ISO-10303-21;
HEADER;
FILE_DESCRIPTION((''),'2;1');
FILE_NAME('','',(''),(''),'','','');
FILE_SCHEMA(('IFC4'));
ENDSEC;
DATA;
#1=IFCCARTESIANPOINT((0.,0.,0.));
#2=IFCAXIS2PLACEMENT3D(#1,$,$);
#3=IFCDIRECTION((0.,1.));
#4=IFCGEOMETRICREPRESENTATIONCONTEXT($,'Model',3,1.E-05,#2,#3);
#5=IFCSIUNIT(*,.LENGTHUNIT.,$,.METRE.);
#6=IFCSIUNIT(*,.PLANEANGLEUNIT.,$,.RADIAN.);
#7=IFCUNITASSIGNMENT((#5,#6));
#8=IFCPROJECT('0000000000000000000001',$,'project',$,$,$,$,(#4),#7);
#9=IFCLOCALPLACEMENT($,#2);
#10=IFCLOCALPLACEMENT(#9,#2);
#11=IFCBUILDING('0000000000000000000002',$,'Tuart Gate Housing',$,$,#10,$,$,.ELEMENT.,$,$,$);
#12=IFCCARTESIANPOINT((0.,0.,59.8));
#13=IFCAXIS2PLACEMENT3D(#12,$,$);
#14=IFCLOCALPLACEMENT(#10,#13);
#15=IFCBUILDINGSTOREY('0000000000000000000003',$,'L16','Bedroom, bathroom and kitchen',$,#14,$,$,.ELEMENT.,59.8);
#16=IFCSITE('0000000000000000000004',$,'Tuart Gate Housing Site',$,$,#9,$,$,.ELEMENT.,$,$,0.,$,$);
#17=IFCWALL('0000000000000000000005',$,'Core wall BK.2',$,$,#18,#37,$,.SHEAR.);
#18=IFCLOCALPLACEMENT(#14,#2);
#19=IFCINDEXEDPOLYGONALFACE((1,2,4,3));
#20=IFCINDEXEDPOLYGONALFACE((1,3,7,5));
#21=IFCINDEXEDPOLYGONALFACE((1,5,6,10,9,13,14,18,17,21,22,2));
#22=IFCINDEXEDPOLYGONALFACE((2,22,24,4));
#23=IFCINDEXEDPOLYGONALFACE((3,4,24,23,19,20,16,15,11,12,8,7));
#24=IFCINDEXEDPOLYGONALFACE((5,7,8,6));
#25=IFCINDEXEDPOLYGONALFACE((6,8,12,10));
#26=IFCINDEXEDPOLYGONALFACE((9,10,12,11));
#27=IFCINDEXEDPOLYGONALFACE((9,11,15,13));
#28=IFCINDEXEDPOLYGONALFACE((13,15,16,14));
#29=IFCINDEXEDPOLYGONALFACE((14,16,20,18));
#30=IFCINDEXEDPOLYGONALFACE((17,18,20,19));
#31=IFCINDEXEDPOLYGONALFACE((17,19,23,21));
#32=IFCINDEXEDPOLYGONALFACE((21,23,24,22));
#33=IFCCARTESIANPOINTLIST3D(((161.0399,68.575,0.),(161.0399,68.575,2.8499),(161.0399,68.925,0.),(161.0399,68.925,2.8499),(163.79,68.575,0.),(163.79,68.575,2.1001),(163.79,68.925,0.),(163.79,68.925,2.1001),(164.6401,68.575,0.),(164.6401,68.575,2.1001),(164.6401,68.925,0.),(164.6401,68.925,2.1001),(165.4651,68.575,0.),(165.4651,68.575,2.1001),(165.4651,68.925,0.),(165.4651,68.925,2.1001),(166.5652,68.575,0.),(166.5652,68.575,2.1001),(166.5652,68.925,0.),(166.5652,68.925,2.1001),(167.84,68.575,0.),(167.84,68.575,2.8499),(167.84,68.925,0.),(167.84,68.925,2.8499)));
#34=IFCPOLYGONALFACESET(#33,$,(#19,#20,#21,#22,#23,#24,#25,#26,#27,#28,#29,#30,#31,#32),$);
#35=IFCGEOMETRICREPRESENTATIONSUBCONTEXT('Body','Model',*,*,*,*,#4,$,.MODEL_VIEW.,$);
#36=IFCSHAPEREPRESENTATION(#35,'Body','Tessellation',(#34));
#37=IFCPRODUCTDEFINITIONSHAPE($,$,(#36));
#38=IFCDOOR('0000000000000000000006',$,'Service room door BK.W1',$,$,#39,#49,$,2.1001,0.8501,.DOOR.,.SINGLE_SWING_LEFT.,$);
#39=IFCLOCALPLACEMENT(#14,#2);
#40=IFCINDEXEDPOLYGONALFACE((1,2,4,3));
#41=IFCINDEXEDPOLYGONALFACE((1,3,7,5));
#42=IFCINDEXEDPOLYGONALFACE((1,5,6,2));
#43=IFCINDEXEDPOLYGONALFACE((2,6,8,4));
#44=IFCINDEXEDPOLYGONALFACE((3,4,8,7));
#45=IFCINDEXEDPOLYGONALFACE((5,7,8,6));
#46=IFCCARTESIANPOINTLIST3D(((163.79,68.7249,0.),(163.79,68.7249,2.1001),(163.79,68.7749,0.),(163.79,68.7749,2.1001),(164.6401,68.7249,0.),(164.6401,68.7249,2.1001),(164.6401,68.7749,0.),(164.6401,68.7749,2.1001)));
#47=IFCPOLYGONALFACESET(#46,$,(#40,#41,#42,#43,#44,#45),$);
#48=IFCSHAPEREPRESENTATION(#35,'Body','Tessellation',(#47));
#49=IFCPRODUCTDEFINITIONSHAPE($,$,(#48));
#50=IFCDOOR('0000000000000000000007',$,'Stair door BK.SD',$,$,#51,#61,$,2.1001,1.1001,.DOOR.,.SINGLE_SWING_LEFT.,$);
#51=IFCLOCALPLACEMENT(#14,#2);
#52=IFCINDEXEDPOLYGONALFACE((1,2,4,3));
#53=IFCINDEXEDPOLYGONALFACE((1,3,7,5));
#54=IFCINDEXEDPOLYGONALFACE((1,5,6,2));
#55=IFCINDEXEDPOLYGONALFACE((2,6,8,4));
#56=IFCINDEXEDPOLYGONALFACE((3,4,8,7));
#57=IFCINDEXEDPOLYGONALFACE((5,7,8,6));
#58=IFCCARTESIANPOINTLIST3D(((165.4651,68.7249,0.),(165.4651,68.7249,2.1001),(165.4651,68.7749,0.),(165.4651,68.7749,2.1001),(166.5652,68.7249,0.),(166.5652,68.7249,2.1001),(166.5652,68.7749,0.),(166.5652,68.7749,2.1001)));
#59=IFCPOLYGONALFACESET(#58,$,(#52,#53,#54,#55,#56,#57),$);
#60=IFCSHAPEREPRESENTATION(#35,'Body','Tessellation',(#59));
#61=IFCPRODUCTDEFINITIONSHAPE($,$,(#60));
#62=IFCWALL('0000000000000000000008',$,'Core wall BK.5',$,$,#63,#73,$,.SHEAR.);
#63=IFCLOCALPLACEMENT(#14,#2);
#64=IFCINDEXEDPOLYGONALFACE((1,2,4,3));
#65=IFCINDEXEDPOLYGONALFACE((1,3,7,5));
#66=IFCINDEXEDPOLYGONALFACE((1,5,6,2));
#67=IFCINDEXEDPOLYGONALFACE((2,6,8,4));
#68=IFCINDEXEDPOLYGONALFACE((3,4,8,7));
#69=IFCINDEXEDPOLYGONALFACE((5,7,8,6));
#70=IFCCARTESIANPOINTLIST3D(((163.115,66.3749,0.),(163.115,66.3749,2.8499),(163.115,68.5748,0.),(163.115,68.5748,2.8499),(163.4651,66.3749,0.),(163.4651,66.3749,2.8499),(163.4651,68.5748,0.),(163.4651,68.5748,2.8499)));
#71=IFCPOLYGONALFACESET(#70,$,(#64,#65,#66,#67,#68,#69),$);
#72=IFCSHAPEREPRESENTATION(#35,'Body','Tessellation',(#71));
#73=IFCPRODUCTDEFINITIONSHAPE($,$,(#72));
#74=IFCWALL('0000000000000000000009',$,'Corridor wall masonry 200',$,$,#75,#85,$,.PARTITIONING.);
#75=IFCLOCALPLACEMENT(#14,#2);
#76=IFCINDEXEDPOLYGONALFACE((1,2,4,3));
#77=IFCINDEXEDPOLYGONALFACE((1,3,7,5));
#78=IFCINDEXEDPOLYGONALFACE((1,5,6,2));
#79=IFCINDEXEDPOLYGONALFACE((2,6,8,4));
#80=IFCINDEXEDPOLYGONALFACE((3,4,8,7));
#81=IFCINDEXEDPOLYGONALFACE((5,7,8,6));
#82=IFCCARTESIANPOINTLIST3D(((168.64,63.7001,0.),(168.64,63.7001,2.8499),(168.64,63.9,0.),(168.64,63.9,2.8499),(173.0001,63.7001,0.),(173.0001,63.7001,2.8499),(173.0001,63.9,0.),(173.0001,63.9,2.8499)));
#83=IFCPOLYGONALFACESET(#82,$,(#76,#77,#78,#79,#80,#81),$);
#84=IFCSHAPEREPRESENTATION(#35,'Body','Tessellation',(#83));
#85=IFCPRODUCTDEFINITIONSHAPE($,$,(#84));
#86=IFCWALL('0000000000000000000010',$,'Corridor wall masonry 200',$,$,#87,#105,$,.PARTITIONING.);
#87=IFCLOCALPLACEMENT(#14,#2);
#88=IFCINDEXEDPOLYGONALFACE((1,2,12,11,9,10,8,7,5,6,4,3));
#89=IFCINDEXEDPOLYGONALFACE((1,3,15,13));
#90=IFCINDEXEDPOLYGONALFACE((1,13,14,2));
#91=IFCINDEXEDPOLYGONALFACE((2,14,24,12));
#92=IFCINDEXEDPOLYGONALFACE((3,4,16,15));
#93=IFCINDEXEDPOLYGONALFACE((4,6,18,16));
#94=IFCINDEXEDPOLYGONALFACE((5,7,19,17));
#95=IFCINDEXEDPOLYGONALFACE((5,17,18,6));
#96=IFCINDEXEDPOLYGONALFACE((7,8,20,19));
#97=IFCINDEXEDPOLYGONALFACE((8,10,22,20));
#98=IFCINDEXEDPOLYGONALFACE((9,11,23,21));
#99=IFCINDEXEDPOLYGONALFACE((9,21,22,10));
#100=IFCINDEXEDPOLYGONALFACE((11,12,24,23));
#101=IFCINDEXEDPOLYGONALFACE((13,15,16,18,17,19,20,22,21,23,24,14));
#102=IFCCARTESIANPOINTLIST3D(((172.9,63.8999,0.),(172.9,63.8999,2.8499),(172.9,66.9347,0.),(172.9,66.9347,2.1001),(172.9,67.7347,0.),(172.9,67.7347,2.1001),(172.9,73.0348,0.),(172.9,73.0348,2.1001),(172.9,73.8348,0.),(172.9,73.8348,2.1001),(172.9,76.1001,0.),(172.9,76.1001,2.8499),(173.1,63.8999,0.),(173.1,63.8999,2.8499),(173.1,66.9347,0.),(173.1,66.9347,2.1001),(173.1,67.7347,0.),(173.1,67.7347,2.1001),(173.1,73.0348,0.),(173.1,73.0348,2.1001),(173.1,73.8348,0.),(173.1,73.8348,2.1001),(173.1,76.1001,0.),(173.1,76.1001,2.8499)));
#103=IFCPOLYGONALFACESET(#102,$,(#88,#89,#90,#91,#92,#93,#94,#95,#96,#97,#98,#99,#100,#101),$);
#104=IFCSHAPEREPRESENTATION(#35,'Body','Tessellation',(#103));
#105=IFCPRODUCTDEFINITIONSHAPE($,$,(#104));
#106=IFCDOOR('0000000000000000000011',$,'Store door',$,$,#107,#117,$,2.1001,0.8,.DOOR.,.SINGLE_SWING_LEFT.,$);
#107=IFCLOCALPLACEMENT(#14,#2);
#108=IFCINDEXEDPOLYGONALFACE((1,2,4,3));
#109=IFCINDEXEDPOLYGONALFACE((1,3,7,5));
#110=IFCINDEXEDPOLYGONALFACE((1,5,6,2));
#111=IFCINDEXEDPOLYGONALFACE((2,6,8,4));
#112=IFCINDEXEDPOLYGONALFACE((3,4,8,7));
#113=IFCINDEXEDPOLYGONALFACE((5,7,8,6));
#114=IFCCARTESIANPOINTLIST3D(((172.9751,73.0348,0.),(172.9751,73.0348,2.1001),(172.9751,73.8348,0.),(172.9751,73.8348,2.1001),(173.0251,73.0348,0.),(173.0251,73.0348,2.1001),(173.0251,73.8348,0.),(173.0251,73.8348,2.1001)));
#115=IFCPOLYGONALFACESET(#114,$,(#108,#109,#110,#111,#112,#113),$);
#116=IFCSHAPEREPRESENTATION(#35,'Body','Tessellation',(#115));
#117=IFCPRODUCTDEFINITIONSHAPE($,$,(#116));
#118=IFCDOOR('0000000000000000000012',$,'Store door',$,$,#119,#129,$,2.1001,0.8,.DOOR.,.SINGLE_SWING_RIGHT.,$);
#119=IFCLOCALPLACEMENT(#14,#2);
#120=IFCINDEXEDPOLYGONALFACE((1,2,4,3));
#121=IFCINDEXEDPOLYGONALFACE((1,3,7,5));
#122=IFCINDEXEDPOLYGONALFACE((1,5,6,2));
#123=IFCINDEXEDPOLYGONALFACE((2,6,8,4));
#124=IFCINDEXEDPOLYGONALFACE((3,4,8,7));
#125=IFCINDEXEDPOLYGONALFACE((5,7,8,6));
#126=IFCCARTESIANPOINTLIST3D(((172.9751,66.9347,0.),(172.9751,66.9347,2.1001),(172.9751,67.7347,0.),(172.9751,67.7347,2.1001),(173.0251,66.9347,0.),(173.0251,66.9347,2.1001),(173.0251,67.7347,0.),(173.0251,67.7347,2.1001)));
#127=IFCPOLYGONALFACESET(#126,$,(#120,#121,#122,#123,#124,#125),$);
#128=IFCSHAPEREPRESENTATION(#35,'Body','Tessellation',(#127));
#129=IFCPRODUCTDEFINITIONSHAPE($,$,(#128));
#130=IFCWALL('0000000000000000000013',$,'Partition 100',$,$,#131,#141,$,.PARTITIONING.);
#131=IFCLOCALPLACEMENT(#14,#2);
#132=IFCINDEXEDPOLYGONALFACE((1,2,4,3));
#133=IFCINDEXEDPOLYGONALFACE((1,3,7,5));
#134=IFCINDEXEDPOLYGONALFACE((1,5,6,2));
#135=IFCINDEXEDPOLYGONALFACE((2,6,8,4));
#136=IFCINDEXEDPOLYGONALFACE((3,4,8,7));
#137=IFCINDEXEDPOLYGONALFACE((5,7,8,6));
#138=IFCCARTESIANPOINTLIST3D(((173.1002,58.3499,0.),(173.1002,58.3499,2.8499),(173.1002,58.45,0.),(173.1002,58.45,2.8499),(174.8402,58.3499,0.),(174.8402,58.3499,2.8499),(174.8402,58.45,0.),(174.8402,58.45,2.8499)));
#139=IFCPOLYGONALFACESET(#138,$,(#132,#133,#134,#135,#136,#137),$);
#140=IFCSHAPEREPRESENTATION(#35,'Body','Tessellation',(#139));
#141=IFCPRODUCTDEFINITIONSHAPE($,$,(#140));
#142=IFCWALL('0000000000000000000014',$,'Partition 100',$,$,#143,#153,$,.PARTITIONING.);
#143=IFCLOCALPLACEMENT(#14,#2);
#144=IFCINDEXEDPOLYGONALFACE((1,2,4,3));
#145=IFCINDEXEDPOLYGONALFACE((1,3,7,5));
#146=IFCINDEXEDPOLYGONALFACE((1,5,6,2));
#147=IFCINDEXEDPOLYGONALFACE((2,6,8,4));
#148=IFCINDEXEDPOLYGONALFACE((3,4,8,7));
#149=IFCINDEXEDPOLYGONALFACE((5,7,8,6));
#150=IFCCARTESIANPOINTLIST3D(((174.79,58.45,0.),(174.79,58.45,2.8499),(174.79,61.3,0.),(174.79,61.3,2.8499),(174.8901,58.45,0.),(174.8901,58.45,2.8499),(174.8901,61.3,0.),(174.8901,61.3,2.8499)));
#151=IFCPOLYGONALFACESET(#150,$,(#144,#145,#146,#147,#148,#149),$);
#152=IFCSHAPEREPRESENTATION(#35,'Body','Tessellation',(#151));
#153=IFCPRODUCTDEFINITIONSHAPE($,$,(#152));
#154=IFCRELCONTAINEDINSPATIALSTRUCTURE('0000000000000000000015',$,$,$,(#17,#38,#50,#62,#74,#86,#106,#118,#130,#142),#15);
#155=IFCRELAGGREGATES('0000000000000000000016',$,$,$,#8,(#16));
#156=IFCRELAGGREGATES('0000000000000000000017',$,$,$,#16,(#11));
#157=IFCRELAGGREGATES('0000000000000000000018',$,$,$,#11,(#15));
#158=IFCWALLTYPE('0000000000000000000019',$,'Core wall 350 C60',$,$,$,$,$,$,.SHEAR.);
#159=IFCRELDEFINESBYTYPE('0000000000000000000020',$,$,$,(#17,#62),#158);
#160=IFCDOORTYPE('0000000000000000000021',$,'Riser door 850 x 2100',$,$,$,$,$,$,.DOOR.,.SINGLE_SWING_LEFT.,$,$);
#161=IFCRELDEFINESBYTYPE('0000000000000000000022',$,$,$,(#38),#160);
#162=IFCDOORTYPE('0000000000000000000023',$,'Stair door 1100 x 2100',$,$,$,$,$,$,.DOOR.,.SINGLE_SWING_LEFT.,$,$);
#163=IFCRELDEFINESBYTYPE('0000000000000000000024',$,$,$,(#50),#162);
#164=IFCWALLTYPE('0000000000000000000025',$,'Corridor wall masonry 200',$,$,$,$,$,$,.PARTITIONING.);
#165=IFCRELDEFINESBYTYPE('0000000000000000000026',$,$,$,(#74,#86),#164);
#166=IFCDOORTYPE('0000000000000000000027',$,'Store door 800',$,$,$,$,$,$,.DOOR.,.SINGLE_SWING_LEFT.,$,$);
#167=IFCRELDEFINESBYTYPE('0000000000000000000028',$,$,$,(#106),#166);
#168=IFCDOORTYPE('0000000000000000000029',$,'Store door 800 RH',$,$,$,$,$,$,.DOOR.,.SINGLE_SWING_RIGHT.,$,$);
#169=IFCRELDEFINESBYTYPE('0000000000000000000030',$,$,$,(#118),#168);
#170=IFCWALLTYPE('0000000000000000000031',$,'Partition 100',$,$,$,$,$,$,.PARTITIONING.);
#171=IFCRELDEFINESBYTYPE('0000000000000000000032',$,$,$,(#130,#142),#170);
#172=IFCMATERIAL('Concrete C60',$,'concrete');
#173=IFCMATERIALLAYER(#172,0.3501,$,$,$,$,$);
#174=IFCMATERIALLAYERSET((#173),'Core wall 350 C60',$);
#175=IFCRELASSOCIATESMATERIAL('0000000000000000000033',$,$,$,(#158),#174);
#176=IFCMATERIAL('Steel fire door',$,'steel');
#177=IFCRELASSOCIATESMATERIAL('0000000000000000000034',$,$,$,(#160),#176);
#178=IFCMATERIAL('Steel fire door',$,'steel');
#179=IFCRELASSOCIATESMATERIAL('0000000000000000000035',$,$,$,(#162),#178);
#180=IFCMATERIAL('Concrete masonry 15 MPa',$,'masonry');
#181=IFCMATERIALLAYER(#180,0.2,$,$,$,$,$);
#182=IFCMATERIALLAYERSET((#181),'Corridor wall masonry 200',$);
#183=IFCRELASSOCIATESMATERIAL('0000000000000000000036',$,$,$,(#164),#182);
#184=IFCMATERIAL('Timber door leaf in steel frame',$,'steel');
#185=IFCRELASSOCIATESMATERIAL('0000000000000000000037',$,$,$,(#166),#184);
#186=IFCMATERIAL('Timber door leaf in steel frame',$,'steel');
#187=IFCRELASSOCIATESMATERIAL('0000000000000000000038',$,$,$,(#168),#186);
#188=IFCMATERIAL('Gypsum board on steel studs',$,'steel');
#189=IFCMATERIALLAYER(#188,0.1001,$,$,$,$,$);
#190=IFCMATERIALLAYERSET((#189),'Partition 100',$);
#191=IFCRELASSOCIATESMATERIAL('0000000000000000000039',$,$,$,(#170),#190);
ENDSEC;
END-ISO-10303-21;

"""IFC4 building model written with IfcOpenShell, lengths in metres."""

from ifc_helpers import new_model, si_unit, direction, frame, frame_2d, origin, place, context, subcontext, project, spatial, rectangle, extrude, material, layer, layer_set, type_object, element, fill, save


model = new_model("IFC4")

# Units and contexts
model_context = context("Model", 3, precision=1e-05, world=origin(), true_north=direction((0.0, 1.0)))
body_context = subcontext(model_context, "Body", "Model", "MODEL_VIEW")
ifc_project = project(units=[si_unit("LENGTHUNIT", "METRE"), si_unit("PLANEANGLEUNIT", "RADIAN")], contexts=[model_context])

# Site, building, storey
site_placement = place(None, origin())
site = spatial("IfcSite", under=ifc_project, at=site_placement, Name="Tuart Gate Housing Site", CompositionType="ELEMENT", RefElevation=0.0)
building_placement = place(site_placement, origin())
building = spatial("IfcBuilding", under=site, at=building_placement, Name="Tuart Gate Housing", CompositionType="ELEMENT")
storey_placement = place(building_placement, frame((0.0, 0.0, 59.8)))
storey = spatial("IfcBuildingStorey", under=building, at=storey_placement, Name="L16", Description="Bedroom, bathroom and kitchen", CompositionType="ELEMENT", Elevation=59.8)

# Wall, openings, doors
ifc_material_1 = material(Name="Concrete C60", Category="concrete")
ifc_layer_1 = layer(ifc_material_1, 0.3501)
ifc_layer_set_1 = layer_set([ifc_layer_1], Name="Core wall 350 C60")
wall_type_1 = type_object("IfcWallType", Name="Core wall 350 C60", PredefinedType="SHEAR", material=ifc_layer_set_1)
wall_1_placement = place(storey_placement, frame((161.04, 68.75, 0.0), z_axis=(0.0, 0.0, 1.0), x_axis=(1.0, 0.0, 0.0)))
wall_1 = element("IfcWall", 1, at=wall_1_placement, inside=storey, type_object=wall_type_1, Name="Core wall BK.2", PredefinedType="SHEAR", context=body_context, shape_type="SweptSolid", body=[
    extrude(rectangle(XDim=6.8, YDim=0.3501, at=frame_2d((3.3999, 0.0))), origin(), (0.0, 0.0, 1.0), 2.8499),
])
opening_1_placement = place(wall_1_placement, frame((4.425, 0.0, 0.0)))
opening_1 = element("IfcOpeningElement", 2, at=opening_1_placement, cuts=wall_1, PredefinedType="OPENING", context=body_context, shape_type="SweptSolid", body=[
    extrude(rectangle(XDim=1.1001, YDim=2.1001, at=frame_2d((0.55, 1.05))), frame((0.0, 0.1851, 0.0), z_axis=(0.0, -1.0, 0.0), x_axis=(1.0, 0.0, 0.0)), (0.0, 0.0, 1.0), 0.3701),
])
opening_2_placement = place(wall_1_placement, frame((2.75, 0.0, 0.0)))
opening_2 = element("IfcOpeningElement", 3, at=opening_2_placement, cuts=wall_1, PredefinedType="OPENING", context=body_context, shape_type="SweptSolid", body=[
    extrude(rectangle(XDim=0.8501, YDim=2.1001, at=frame_2d((0.425, 1.05))), frame((0.0, 0.1851, 0.0), z_axis=(0.0, -1.0, 0.0), x_axis=(1.0, 0.0, 0.0)), (0.0, 0.0, 1.0), 0.3701),
])
ifc_material_2 = material(Name="Steel fire door", Category="steel")
door_type_1 = type_object("IfcDoorType", Name="Riser door 850 x 2100", OperationType="SINGLE_SWING_LEFT", PredefinedType="DOOR", material=ifc_material_2)
door_1_placement = place(opening_2_placement, origin())
door_1 = element("IfcDoor", 4, at=door_1_placement, inside=storey, type_object=door_type_1, Name="Service room door BK.W1", OperationType="SINGLE_SWING_LEFT", OverallHeight=2.1001, OverallWidth=0.8501, PredefinedType="DOOR", context=body_context, shape_type="SweptSolid", body=[
    extrude(rectangle(XDim=0.8501, YDim=2.1001, at=frame_2d((0.425, 1.05))), frame((0.0, 0.0249, 0.0), z_axis=(0.0, -1.0, 0.0), x_axis=(1.0, 0.0, 0.0)), (0.0, 0.0, 1.0), 0.05),
])
fill(opening_2, door_1)
ifc_material_3 = material(Name="Steel fire door", Category="steel")
door_type_2 = type_object("IfcDoorType", Name="Stair door 1100 x 2100", OperationType="SINGLE_SWING_LEFT", PredefinedType="DOOR", material=ifc_material_3)
door_2_placement = place(opening_1_placement, origin())
door_2 = element("IfcDoor", 5, at=door_2_placement, inside=storey, type_object=door_type_2, Name="Stair door BK.SD", OperationType="SINGLE_SWING_LEFT", OverallHeight=2.1001, OverallWidth=1.1001, PredefinedType="DOOR", context=body_context, shape_type="SweptSolid", body=[
    extrude(rectangle(XDim=1.1001, YDim=2.1001, at=frame_2d((0.55, 1.05))), frame((0.0, 0.0249, 0.0), z_axis=(0.0, -1.0, 0.0), x_axis=(1.0, 0.0, 0.0)), (0.0, 0.0, 1.0), 0.05),
])
fill(opening_1, door_2)

# Walls
wall_2_placement = place(storey_placement, frame((163.29, 68.575, 0.0), z_axis=(0.0, 0.0, 1.0), x_axis=(0.0, -1.0, 0.0)))
element("IfcWall", 6, at=wall_2_placement, inside=storey, type_object=wall_type_1, Name="Core wall BK.5", PredefinedType="SHEAR", context=body_context, shape_type="SweptSolid", body=[
    extrude(rectangle(XDim=2.2, YDim=0.3501, at=frame_2d((1.1001, 0.0))), origin(), (0.0, 0.0, 1.0), 2.8499),
])
ifc_material_4 = material(Name="Concrete masonry 15 MPa", Category="masonry")
ifc_layer_2 = layer(ifc_material_4, 0.2)
ifc_layer_set_2 = layer_set([ifc_layer_2], Name="Corridor wall masonry 200")
wall_type_2 = type_object("IfcWallType", Name="Corridor wall masonry 200", PredefinedType="PARTITIONING", material=ifc_layer_set_2)
wall_3_placement = place(storey_placement, frame((168.6399, 63.8, 0.0), z_axis=(0.0, 0.0, 1.0), x_axis=(1.0, 0.0, 0.0)))
element("IfcWall", 7, at=wall_3_placement, inside=storey, type_object=wall_type_2, Name="Corridor wall masonry 200", PredefinedType="PARTITIONING", context=body_context, shape_type="SweptSolid", body=[
    extrude(rectangle(XDim=4.3601, YDim=0.2, at=frame_2d((2.1802, 0.0))), origin(), (0.0, 0.0, 1.0), 2.8499),
])

# Wall, openings, doors
wall_4_placement = place(storey_placement, frame((173.0, 63.8999, 0.0), z_axis=(0.0, 0.0, 1.0), x_axis=(0.0, 1.0, 0.0)))
wall_4 = element("IfcWall", 8, at=wall_4_placement, inside=storey, type_object=wall_type_2, Name="Corridor wall masonry 200", PredefinedType="PARTITIONING", context=body_context, shape_type="SweptSolid", body=[
    extrude(rectangle(XDim=12.2002, YDim=0.2, at=frame_2d((6.1001, 0.0))), origin(), (0.0, 0.0, 1.0), 2.8499),
])
opening_3_placement = place(wall_4_placement, frame((3.0349, 0.0, 0.0)))
opening_3 = element("IfcOpeningElement", 9, at=opening_3_placement, cuts=wall_4, PredefinedType="OPENING", context=body_context, shape_type="SweptSolid", body=[
    extrude(rectangle(XDim=0.8, YDim=2.1001, at=frame_2d((0.3999, 1.05))), frame((0.0, 0.1099, 0.0), z_axis=(0.0, -1.0, 0.0), x_axis=(1.0, 0.0, 0.0)), (0.0, 0.0, 1.0), 0.22),
])
opening_4_placement = place(wall_4_placement, frame((9.135, 0.0, 0.0)))
opening_4 = element("IfcOpeningElement", 10, at=opening_4_placement, cuts=wall_4, PredefinedType="OPENING", context=body_context, shape_type="SweptSolid", body=[
    extrude(rectangle(XDim=0.8, YDim=2.1001, at=frame_2d((0.3999, 1.05))), frame((0.0, 0.1099, 0.0), z_axis=(0.0, -1.0, 0.0), x_axis=(1.0, 0.0, 0.0)), (0.0, 0.0, 1.0), 0.22),
])
ifc_material_5 = material(Name="Timber door leaf in steel frame", Category="steel")
door_type_3 = type_object("IfcDoorType", Name="Store door 800", OperationType="SINGLE_SWING_LEFT", PredefinedType="DOOR", material=ifc_material_5)
door_3_placement = place(opening_4_placement, origin())
door_3 = element("IfcDoor", 11, at=door_3_placement, inside=storey, type_object=door_type_3, Name="Store door", OperationType="SINGLE_SWING_LEFT", OverallHeight=2.1001, OverallWidth=0.8, PredefinedType="DOOR", context=body_context, shape_type="SweptSolid", body=[
    extrude(rectangle(XDim=0.8, YDim=2.1001, at=frame_2d((0.3999, 1.05))), frame((0.0, 0.0249, 0.0), z_axis=(0.0, -1.0, 0.0), x_axis=(1.0, 0.0, 0.0)), (0.0, 0.0, 1.0), 0.05),
])
fill(opening_4, door_3)
ifc_material_6 = material(Name="Timber door leaf in steel frame", Category="steel")
door_type_4 = type_object("IfcDoorType", Name="Store door 800 RH", OperationType="SINGLE_SWING_RIGHT", PredefinedType="DOOR", material=ifc_material_6)
door_4_placement = place(opening_3_placement, origin())
door_4 = element("IfcDoor", 12, at=door_4_placement, inside=storey, type_object=door_type_4, Name="Store door", OperationType="SINGLE_SWING_RIGHT", OverallHeight=2.1001, OverallWidth=0.8, PredefinedType="DOOR", context=body_context, shape_type="SweptSolid", body=[
    extrude(rectangle(XDim=0.8, YDim=2.1001, at=frame_2d((0.3999, 1.05))), frame((0.0, 0.0249, 0.0), z_axis=(0.0, -1.0, 0.0), x_axis=(1.0, 0.0, 0.0)), (0.0, 0.0, 1.0), 0.05),
])
fill(opening_3, door_4)

# Walls
ifc_material_7 = material(Name="Gypsum board on steel studs", Category="steel")
ifc_layer_3 = layer(ifc_material_7, 0.1001)
ifc_layer_set_3 = layer_set([ifc_layer_3], Name="Partition 100")
wall_type_3 = type_object("IfcWallType", Name="Partition 100", PredefinedType="PARTITIONING", material=ifc_layer_set_3)
wall_5_placement = place(storey_placement, frame((173.1001, 58.3999, 0.0), z_axis=(0.0, 0.0, 1.0), x_axis=(1.0, 0.0, 0.0)))
element("IfcWall", 13, at=wall_5_placement, inside=storey, type_object=wall_type_3, Name="Partition 100", PredefinedType="PARTITIONING", context=body_context, shape_type="SweptSolid", body=[
    extrude(rectangle(XDim=1.74, YDim=0.1001, at=frame_2d((0.8701, 0.0))), origin(), (0.0, 0.0, 1.0), 2.8499),
])
wall_6_placement = place(storey_placement, frame((174.8401, 58.45, 0.0), z_axis=(0.0, 0.0, 1.0), x_axis=(0.0, 1.0, 0.0)))
element("IfcWall", 14, at=wall_6_placement, inside=storey, type_object=wall_type_3, Name="Partition 100", PredefinedType="PARTITIONING", context=body_context, shape_type="SweptSolid", body=[
    extrude(rectangle(XDim=2.8501, YDim=0.1001, at=frame_2d((1.425, 0.0))), origin(), (0.0, 0.0, 1.0), 2.8499),
])

save(model, "model.ifc")
